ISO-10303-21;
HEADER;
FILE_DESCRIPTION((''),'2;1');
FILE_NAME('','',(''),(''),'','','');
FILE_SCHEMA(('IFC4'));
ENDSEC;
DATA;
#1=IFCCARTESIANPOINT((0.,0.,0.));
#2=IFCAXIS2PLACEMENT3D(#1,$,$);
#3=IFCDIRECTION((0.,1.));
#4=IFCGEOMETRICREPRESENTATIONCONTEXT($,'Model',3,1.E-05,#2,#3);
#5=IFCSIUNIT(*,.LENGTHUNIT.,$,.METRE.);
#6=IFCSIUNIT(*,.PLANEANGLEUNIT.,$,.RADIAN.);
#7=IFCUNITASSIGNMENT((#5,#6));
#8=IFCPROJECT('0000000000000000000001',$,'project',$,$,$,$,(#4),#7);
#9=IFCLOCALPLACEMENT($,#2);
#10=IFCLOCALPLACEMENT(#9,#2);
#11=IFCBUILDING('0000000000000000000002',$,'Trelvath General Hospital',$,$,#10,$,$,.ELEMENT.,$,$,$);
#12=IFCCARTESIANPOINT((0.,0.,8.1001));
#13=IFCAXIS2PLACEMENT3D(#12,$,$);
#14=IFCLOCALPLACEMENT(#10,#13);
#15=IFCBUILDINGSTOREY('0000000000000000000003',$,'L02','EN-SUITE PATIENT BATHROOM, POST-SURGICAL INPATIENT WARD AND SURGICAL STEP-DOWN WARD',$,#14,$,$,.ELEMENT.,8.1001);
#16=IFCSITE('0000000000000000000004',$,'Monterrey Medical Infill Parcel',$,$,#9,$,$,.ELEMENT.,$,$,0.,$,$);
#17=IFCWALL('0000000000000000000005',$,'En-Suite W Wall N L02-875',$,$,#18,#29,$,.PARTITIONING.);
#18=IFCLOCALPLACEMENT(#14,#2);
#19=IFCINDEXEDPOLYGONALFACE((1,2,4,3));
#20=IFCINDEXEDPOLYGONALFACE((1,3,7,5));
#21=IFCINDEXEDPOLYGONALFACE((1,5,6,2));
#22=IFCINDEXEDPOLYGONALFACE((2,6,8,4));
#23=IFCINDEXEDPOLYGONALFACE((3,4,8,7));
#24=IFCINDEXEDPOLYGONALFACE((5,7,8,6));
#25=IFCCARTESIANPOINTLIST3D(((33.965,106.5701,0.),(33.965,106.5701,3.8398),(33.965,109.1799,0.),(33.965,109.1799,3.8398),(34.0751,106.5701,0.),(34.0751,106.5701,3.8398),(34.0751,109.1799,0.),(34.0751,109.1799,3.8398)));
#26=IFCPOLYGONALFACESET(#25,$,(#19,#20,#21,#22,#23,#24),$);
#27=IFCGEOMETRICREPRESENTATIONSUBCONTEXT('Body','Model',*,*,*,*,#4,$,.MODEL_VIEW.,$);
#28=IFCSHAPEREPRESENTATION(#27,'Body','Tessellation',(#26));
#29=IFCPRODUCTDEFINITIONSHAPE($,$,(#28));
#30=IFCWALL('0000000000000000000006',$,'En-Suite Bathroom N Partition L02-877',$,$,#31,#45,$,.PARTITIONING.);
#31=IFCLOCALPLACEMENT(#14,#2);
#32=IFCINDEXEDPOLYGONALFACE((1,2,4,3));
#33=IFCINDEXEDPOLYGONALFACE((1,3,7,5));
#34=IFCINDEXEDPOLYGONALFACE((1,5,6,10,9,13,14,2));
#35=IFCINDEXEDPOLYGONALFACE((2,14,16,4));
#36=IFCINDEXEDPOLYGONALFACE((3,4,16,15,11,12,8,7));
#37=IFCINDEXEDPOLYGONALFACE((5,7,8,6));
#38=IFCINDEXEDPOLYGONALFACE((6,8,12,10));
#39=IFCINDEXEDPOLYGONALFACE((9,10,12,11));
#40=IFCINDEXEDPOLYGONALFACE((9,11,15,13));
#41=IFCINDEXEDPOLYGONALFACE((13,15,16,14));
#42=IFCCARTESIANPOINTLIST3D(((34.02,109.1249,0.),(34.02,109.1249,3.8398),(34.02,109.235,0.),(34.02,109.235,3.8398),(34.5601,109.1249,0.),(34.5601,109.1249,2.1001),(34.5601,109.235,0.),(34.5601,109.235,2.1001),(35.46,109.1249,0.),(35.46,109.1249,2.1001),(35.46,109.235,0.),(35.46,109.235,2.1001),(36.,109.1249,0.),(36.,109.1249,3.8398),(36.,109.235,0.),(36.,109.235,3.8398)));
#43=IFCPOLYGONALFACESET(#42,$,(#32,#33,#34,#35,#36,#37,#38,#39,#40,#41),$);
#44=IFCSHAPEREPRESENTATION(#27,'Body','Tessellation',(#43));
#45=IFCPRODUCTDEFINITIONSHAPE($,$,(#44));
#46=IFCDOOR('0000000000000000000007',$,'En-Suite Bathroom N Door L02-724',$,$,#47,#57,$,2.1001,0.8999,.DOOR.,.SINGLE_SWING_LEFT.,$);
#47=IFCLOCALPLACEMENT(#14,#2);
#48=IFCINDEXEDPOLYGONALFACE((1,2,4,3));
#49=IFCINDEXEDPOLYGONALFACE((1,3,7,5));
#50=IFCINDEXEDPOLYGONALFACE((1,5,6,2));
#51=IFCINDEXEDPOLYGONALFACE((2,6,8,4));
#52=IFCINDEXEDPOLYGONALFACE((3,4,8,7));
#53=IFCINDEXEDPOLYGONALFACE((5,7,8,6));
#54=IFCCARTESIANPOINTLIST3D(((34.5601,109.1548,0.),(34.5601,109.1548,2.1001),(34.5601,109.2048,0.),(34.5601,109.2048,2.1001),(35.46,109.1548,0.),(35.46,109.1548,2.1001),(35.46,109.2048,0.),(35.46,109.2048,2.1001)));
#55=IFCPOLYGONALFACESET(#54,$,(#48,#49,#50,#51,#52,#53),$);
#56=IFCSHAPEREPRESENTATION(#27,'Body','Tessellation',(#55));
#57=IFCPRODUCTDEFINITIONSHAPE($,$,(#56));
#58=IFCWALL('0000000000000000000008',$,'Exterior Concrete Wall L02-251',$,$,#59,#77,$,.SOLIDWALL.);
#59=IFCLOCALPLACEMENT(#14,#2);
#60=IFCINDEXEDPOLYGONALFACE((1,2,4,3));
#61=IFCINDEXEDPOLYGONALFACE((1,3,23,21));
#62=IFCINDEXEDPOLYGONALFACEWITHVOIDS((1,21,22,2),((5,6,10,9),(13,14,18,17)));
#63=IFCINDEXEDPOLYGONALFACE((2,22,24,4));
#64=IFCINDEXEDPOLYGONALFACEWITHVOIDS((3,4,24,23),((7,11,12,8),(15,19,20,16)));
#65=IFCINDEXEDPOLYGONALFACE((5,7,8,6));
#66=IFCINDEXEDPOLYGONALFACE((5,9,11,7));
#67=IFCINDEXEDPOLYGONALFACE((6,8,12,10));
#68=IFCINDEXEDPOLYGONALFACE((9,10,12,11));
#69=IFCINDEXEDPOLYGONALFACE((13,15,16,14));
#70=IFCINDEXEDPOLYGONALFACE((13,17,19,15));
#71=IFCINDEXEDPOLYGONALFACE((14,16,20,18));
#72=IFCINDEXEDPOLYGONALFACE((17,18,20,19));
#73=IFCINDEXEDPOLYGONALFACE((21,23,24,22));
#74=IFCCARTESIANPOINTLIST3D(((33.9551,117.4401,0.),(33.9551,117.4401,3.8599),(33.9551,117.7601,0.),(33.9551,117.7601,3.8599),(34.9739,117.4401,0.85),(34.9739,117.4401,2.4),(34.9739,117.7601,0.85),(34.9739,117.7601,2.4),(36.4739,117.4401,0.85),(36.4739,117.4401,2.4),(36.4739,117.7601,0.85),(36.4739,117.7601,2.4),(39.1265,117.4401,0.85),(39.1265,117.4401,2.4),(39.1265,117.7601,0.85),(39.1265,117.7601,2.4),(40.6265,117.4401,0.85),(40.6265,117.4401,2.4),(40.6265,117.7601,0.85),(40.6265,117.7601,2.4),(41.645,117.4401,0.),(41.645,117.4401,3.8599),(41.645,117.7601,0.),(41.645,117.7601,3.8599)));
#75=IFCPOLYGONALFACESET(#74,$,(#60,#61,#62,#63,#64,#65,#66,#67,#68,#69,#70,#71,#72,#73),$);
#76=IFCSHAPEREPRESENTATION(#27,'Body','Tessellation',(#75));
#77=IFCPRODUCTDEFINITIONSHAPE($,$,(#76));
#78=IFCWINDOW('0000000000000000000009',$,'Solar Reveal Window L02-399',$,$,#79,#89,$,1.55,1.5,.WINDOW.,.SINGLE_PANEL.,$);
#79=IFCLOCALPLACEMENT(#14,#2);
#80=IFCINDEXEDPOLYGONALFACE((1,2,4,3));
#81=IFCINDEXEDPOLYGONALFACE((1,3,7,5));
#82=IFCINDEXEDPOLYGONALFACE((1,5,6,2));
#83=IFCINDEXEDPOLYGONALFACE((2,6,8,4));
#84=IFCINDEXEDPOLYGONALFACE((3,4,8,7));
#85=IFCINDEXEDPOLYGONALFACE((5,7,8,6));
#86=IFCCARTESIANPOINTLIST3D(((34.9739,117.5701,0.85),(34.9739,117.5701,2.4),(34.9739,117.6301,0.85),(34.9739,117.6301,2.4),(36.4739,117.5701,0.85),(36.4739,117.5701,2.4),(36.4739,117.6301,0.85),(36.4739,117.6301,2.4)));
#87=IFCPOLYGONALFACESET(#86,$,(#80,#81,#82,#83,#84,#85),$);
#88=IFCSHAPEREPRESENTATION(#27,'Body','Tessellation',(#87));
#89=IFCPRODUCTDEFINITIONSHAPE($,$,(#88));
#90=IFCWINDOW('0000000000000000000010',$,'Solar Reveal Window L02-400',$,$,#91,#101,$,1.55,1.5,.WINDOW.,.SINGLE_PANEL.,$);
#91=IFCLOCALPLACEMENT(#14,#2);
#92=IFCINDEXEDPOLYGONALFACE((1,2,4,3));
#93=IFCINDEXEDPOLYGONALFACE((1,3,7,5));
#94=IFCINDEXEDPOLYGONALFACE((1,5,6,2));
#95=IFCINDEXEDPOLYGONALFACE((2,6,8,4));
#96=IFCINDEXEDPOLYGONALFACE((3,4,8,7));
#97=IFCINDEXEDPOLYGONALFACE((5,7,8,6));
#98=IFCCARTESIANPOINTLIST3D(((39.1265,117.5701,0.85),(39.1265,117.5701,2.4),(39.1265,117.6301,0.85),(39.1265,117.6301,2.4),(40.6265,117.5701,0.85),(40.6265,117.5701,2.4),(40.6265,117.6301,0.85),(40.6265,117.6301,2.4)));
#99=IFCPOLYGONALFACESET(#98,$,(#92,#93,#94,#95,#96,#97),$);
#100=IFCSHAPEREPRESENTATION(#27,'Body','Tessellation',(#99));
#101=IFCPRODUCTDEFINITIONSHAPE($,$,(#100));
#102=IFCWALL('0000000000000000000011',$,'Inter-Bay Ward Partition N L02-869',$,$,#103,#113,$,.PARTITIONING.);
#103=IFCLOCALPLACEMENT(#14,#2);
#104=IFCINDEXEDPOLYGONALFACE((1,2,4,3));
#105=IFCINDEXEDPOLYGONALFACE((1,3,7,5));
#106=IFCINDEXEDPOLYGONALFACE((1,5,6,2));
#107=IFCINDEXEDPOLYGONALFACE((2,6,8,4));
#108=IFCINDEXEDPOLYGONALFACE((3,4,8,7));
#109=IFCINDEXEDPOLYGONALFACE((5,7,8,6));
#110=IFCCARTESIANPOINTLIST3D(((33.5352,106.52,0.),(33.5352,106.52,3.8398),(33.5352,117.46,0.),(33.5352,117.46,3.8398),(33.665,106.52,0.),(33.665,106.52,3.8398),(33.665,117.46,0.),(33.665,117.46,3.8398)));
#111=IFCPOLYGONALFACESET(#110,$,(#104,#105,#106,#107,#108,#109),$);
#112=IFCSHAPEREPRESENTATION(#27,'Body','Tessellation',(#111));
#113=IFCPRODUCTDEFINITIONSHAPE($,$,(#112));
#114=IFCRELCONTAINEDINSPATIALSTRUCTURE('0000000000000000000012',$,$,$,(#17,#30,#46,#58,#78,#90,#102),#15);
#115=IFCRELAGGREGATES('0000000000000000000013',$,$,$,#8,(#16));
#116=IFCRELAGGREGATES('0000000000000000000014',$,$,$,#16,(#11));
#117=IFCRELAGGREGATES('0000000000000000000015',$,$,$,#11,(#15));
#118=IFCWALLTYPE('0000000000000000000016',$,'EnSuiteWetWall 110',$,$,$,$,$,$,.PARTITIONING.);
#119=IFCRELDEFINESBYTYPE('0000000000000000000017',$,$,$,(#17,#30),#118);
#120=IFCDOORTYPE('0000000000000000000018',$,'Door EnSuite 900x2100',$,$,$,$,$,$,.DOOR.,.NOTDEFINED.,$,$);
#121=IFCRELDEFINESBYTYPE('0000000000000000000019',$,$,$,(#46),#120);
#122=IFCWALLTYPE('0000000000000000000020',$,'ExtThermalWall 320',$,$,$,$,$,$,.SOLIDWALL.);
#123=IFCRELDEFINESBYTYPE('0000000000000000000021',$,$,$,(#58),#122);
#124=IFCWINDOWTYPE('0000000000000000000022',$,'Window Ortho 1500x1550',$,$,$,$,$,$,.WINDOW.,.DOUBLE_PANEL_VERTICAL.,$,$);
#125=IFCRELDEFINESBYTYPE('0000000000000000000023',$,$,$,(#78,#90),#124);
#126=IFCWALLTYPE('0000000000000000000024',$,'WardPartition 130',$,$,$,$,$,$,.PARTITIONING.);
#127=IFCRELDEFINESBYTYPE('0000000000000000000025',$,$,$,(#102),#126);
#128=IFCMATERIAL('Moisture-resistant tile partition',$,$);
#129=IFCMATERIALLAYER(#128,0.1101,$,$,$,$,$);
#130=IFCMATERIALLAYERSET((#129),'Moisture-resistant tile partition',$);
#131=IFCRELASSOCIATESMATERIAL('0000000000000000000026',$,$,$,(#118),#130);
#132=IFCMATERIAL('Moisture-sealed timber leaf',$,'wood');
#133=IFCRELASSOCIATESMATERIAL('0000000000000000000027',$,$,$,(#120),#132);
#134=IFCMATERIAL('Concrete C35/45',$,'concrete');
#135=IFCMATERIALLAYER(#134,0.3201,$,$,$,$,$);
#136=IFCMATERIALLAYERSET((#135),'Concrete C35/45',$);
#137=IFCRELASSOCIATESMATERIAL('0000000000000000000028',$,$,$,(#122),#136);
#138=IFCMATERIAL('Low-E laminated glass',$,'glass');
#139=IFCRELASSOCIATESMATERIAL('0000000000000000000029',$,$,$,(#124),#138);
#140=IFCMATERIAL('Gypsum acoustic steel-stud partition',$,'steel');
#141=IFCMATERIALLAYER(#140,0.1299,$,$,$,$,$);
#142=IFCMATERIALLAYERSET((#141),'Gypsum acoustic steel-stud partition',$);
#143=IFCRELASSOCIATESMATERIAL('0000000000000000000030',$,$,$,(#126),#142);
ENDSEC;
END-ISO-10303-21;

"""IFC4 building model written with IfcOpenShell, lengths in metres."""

from ifc_helpers import new_model, si_unit, direction, frame, frame_2d, origin, place, context, subcontext, project, spatial, rectangle, extrude, material, layer, layer_set, type_object, element, fill, save


model = new_model("IFC4")

# Units and contexts
model_context = context("Model", 3, precision=1e-05, world=origin(), true_north=direction((0.0, 1.0)))
body_context = subcontext(model_context, "Body", "Model", "MODEL_VIEW")
ifc_project = project(units=[si_unit("LENGTHUNIT", "METRE"), si_unit("PLANEANGLEUNIT", "RADIAN")], contexts=[model_context])

# Site, building, storey
site_placement = place(None, origin())
site = spatial("IfcSite", under=ifc_project, at=site_placement, Name="Monterrey Medical Infill Parcel", CompositionType="ELEMENT", RefElevation=0.0)
building_placement = place(site_placement, origin())
building = spatial("IfcBuilding", under=site, at=building_placement, Name="Trelvath General Hospital", CompositionType="ELEMENT")
storey_placement = place(building_placement, frame((0.0, 0.0, 8.1001)))
storey = spatial("IfcBuildingStorey", under=building, at=storey_placement, Name="L02", Description="EN-SUITE PATIENT BATHROOM, POST-SURGICAL INPATIENT WARD AND SURGICAL STEP-DOWN WARD", CompositionType="ELEMENT", Elevation=8.1001)

# Wall
ifc_material_1 = material(Name="Moisture-resistant tile partition")
ifc_layer_1 = layer(ifc_material_1, 0.1101)
ifc_layer_set_1 = layer_set([ifc_layer_1], Name="Moisture-resistant tile partition")
wall_type_1 = type_object("IfcWallType", Name="EnSuiteWetWall 110", PredefinedType="PARTITIONING", material=ifc_layer_set_1)
wall_1_placement = place(storey_placement, frame((34.02, 106.5701, 0.0), z_axis=(0.0, 0.0, 1.0), x_axis=(0.0, 1.0, 0.0)))
element("IfcWall", 1, at=wall_1_placement, inside=storey, type_object=wall_type_1, Name="En-Suite W Wall N L02-875", PredefinedType="PARTITIONING", context=body_context, shape_type="SweptSolid", body=[
    extrude(rectangle(XDim=2.6099, YDim=0.1101, at=frame_2d((1.3049, 0.0))), origin(), (0.0, 0.0, 1.0), 3.8398),
])

# Wall, opening, door
wall_2_placement = place(storey_placement, frame((34.02, 109.1799, 0.0), z_axis=(0.0, 0.0, 1.0), x_axis=(1.0, 0.0, 0.0)))
wall_2 = element("IfcWall", 2, at=wall_2_placement, inside=storey, type_object=wall_type_1, Name="En-Suite Bathroom N Partition L02-877", PredefinedType="PARTITIONING", context=body_context, shape_type="SweptSolid", body=[
    extrude(rectangle(XDim=1.98, YDim=0.1101, at=frame_2d((0.99, 0.0))), origin(), (0.0, 0.0, 1.0), 3.8398),
])
opening_1_placement = place(wall_2_placement, frame((0.54, 0.0, 0.0)))
opening_1 = element("IfcOpeningElement", 3, at=opening_1_placement, cuts=wall_2, PredefinedType="OPENING", context=body_context, shape_type="SweptSolid", body=[
    extrude(rectangle(XDim=0.8999, YDim=2.1001, at=frame_2d((0.45, 1.05))), frame((0.0, 0.0649, 0.0), z_axis=(0.0, -1.0, 0.0), x_axis=(1.0, 0.0, 0.0)), (0.0, 0.0, 1.0), 0.1301),
])
ifc_material_2 = material(Name="Moisture-sealed timber leaf", Category="wood")
door_type_1 = type_object("IfcDoorType", Name="Door EnSuite 900x2100", OperationType="NOTDEFINED", PredefinedType="DOOR", material=ifc_material_2)
door_1_placement = place(opening_1_placement, origin())
door_1 = element("IfcDoor", 4, at=door_1_placement, inside=storey, type_object=door_type_1, Name="En-Suite Bathroom N Door L02-724", OperationType="SINGLE_SWING_LEFT", OverallHeight=2.1001, OverallWidth=0.8999, PredefinedType="DOOR", context=body_context, shape_type="SweptSolid", body=[
    extrude(rectangle(XDim=0.8999, YDim=2.1001, at=frame_2d((0.45, 1.05))), frame((0.0, 0.0249, 0.0), z_axis=(0.0, -1.0, 0.0), x_axis=(1.0, 0.0, 0.0)), (0.0, 0.0, 1.0), 0.05),
])
fill(opening_1, door_1)

# Wall, openings, windows
ifc_material_3 = material(Name="Concrete C35/45", Category="concrete")
ifc_layer_2 = layer(ifc_material_3, 0.3201)
ifc_layer_set_2 = layer_set([ifc_layer_2], Name="Concrete C35/45")
wall_type_2 = type_object("IfcWallType", Name="ExtThermalWall 320", PredefinedType="SOLIDWALL", material=ifc_layer_set_2)
wall_3_placement = place(storey_placement, frame((33.9551, 117.6001, 0.0), z_axis=(0.0, 0.0, 1.0), x_axis=(1.0, 0.0, 0.0)))
wall_3 = element("IfcWall", 5, at=wall_3_placement, inside=storey, type_object=wall_type_2, Name="Exterior Concrete Wall L02-251", PredefinedType="SOLIDWALL", context=body_context, shape_type="SweptSolid", body=[
    extrude(rectangle(XDim=7.6899, YDim=0.3201, at=frame_2d((3.845, 0.0))), origin(), (0.0, 0.0, 1.0), 3.8599),
])
opening_2_placement = place(wall_3_placement, frame((1.0188, 0.0, 0.8501)))
opening_2 = element("IfcOpeningElement", 6, at=opening_2_placement, cuts=wall_3, PredefinedType="OPENING", context=body_context, shape_type="SweptSolid", body=[
    extrude(rectangle(XDim=1.5, YDim=1.55, at=frame_2d((0.75, 0.7749))), frame((0.0, 0.1699, 0.0), z_axis=(0.0, -1.0, 0.0), x_axis=(1.0, 0.0, 0.0)), (0.0, 0.0, 1.0), 0.3401),
])
opening_3_placement = place(wall_3_placement, frame((5.1714, 0.0, 0.8501)))
opening_3 = element("IfcOpeningElement", 7, at=opening_3_placement, cuts=wall_3, PredefinedType="OPENING", context=body_context, shape_type="SweptSolid", body=[
    extrude(rectangle(XDim=1.5, YDim=1.55, at=frame_2d((0.75, 0.7749))), frame((0.0, 0.1699, 0.0), z_axis=(0.0, -1.0, 0.0), x_axis=(1.0, 0.0, 0.0)), (0.0, 0.0, 1.0), 0.3401),
])
ifc_material_4 = material(Name="Low-E laminated glass", Category="glass")
window_type = type_object("IfcWindowType", Name="Window Ortho 1500x1550", PartitioningType="DOUBLE_PANEL_VERTICAL", PredefinedType="WINDOW", material=ifc_material_4)
window_1_placement = place(opening_2_placement, origin())
window_1 = element("IfcWindow", 8, at=window_1_placement, inside=storey, type_object=window_type, Name="Solar Reveal Window L02-399", OverallHeight=1.55, OverallWidth=1.5, PartitioningType="SINGLE_PANEL", PredefinedType="WINDOW", context=body_context, shape_type="SweptSolid", body=[
    extrude(rectangle(XDim=1.5, YDim=1.55, at=frame_2d((0.75, 0.7749))), frame((0.0, 0.03, 0.0), z_axis=(0.0, -1.0, 0.0), x_axis=(1.0, 0.0, 0.0)), (0.0, 0.0, 1.0), 0.0601),
])
fill(opening_2, window_1)
window_2_placement = place(opening_3_placement, origin())
window_2 = element("IfcWindow", 9, at=window_2_placement, inside=storey, type_object=window_type, Name="Solar Reveal Window L02-400", OverallHeight=1.55, OverallWidth=1.5, PartitioningType="SINGLE_PANEL", PredefinedType="WINDOW", context=body_context, shape_type="SweptSolid", body=[
    extrude(rectangle(XDim=1.5, YDim=1.55, at=frame_2d((0.75, 0.7749))), frame((0.0, 0.03, 0.0), z_axis=(0.0, -1.0, 0.0), x_axis=(1.0, 0.0, 0.0)), (0.0, 0.0, 1.0), 0.0601),
])
fill(opening_3, window_2)

# Wall
ifc_material_5 = material(Name="Gypsum acoustic steel-stud partition", Category="steel")
ifc_layer_3 = layer(ifc_material_5, 0.1299)
ifc_layer_set_3 = layer_set([ifc_layer_3], Name="Gypsum acoustic steel-stud partition")
wall_type_3 = type_object("IfcWallType", Name="WardPartition 130", PredefinedType="PARTITIONING", material=ifc_layer_set_3)
wall_4_placement = place(storey_placement, frame((33.6001, 106.52, 0.0), z_axis=(0.0, 0.0, 1.0), x_axis=(0.0, 1.0, 0.0)))
element("IfcWall", 10, at=wall_4_placement, inside=storey, type_object=wall_type_3, Name="Inter-Bay Ward Partition N L02-869", PredefinedType="PARTITIONING", context=body_context, shape_type="SweptSolid", body=[
    extrude(rectangle(XDim=10.9399, YDim=0.1299, at=frame_2d((5.47, 0.0))), origin(), (0.0, 0.0, 1.0), 3.8398),
])

save(model, "model.ifc")
